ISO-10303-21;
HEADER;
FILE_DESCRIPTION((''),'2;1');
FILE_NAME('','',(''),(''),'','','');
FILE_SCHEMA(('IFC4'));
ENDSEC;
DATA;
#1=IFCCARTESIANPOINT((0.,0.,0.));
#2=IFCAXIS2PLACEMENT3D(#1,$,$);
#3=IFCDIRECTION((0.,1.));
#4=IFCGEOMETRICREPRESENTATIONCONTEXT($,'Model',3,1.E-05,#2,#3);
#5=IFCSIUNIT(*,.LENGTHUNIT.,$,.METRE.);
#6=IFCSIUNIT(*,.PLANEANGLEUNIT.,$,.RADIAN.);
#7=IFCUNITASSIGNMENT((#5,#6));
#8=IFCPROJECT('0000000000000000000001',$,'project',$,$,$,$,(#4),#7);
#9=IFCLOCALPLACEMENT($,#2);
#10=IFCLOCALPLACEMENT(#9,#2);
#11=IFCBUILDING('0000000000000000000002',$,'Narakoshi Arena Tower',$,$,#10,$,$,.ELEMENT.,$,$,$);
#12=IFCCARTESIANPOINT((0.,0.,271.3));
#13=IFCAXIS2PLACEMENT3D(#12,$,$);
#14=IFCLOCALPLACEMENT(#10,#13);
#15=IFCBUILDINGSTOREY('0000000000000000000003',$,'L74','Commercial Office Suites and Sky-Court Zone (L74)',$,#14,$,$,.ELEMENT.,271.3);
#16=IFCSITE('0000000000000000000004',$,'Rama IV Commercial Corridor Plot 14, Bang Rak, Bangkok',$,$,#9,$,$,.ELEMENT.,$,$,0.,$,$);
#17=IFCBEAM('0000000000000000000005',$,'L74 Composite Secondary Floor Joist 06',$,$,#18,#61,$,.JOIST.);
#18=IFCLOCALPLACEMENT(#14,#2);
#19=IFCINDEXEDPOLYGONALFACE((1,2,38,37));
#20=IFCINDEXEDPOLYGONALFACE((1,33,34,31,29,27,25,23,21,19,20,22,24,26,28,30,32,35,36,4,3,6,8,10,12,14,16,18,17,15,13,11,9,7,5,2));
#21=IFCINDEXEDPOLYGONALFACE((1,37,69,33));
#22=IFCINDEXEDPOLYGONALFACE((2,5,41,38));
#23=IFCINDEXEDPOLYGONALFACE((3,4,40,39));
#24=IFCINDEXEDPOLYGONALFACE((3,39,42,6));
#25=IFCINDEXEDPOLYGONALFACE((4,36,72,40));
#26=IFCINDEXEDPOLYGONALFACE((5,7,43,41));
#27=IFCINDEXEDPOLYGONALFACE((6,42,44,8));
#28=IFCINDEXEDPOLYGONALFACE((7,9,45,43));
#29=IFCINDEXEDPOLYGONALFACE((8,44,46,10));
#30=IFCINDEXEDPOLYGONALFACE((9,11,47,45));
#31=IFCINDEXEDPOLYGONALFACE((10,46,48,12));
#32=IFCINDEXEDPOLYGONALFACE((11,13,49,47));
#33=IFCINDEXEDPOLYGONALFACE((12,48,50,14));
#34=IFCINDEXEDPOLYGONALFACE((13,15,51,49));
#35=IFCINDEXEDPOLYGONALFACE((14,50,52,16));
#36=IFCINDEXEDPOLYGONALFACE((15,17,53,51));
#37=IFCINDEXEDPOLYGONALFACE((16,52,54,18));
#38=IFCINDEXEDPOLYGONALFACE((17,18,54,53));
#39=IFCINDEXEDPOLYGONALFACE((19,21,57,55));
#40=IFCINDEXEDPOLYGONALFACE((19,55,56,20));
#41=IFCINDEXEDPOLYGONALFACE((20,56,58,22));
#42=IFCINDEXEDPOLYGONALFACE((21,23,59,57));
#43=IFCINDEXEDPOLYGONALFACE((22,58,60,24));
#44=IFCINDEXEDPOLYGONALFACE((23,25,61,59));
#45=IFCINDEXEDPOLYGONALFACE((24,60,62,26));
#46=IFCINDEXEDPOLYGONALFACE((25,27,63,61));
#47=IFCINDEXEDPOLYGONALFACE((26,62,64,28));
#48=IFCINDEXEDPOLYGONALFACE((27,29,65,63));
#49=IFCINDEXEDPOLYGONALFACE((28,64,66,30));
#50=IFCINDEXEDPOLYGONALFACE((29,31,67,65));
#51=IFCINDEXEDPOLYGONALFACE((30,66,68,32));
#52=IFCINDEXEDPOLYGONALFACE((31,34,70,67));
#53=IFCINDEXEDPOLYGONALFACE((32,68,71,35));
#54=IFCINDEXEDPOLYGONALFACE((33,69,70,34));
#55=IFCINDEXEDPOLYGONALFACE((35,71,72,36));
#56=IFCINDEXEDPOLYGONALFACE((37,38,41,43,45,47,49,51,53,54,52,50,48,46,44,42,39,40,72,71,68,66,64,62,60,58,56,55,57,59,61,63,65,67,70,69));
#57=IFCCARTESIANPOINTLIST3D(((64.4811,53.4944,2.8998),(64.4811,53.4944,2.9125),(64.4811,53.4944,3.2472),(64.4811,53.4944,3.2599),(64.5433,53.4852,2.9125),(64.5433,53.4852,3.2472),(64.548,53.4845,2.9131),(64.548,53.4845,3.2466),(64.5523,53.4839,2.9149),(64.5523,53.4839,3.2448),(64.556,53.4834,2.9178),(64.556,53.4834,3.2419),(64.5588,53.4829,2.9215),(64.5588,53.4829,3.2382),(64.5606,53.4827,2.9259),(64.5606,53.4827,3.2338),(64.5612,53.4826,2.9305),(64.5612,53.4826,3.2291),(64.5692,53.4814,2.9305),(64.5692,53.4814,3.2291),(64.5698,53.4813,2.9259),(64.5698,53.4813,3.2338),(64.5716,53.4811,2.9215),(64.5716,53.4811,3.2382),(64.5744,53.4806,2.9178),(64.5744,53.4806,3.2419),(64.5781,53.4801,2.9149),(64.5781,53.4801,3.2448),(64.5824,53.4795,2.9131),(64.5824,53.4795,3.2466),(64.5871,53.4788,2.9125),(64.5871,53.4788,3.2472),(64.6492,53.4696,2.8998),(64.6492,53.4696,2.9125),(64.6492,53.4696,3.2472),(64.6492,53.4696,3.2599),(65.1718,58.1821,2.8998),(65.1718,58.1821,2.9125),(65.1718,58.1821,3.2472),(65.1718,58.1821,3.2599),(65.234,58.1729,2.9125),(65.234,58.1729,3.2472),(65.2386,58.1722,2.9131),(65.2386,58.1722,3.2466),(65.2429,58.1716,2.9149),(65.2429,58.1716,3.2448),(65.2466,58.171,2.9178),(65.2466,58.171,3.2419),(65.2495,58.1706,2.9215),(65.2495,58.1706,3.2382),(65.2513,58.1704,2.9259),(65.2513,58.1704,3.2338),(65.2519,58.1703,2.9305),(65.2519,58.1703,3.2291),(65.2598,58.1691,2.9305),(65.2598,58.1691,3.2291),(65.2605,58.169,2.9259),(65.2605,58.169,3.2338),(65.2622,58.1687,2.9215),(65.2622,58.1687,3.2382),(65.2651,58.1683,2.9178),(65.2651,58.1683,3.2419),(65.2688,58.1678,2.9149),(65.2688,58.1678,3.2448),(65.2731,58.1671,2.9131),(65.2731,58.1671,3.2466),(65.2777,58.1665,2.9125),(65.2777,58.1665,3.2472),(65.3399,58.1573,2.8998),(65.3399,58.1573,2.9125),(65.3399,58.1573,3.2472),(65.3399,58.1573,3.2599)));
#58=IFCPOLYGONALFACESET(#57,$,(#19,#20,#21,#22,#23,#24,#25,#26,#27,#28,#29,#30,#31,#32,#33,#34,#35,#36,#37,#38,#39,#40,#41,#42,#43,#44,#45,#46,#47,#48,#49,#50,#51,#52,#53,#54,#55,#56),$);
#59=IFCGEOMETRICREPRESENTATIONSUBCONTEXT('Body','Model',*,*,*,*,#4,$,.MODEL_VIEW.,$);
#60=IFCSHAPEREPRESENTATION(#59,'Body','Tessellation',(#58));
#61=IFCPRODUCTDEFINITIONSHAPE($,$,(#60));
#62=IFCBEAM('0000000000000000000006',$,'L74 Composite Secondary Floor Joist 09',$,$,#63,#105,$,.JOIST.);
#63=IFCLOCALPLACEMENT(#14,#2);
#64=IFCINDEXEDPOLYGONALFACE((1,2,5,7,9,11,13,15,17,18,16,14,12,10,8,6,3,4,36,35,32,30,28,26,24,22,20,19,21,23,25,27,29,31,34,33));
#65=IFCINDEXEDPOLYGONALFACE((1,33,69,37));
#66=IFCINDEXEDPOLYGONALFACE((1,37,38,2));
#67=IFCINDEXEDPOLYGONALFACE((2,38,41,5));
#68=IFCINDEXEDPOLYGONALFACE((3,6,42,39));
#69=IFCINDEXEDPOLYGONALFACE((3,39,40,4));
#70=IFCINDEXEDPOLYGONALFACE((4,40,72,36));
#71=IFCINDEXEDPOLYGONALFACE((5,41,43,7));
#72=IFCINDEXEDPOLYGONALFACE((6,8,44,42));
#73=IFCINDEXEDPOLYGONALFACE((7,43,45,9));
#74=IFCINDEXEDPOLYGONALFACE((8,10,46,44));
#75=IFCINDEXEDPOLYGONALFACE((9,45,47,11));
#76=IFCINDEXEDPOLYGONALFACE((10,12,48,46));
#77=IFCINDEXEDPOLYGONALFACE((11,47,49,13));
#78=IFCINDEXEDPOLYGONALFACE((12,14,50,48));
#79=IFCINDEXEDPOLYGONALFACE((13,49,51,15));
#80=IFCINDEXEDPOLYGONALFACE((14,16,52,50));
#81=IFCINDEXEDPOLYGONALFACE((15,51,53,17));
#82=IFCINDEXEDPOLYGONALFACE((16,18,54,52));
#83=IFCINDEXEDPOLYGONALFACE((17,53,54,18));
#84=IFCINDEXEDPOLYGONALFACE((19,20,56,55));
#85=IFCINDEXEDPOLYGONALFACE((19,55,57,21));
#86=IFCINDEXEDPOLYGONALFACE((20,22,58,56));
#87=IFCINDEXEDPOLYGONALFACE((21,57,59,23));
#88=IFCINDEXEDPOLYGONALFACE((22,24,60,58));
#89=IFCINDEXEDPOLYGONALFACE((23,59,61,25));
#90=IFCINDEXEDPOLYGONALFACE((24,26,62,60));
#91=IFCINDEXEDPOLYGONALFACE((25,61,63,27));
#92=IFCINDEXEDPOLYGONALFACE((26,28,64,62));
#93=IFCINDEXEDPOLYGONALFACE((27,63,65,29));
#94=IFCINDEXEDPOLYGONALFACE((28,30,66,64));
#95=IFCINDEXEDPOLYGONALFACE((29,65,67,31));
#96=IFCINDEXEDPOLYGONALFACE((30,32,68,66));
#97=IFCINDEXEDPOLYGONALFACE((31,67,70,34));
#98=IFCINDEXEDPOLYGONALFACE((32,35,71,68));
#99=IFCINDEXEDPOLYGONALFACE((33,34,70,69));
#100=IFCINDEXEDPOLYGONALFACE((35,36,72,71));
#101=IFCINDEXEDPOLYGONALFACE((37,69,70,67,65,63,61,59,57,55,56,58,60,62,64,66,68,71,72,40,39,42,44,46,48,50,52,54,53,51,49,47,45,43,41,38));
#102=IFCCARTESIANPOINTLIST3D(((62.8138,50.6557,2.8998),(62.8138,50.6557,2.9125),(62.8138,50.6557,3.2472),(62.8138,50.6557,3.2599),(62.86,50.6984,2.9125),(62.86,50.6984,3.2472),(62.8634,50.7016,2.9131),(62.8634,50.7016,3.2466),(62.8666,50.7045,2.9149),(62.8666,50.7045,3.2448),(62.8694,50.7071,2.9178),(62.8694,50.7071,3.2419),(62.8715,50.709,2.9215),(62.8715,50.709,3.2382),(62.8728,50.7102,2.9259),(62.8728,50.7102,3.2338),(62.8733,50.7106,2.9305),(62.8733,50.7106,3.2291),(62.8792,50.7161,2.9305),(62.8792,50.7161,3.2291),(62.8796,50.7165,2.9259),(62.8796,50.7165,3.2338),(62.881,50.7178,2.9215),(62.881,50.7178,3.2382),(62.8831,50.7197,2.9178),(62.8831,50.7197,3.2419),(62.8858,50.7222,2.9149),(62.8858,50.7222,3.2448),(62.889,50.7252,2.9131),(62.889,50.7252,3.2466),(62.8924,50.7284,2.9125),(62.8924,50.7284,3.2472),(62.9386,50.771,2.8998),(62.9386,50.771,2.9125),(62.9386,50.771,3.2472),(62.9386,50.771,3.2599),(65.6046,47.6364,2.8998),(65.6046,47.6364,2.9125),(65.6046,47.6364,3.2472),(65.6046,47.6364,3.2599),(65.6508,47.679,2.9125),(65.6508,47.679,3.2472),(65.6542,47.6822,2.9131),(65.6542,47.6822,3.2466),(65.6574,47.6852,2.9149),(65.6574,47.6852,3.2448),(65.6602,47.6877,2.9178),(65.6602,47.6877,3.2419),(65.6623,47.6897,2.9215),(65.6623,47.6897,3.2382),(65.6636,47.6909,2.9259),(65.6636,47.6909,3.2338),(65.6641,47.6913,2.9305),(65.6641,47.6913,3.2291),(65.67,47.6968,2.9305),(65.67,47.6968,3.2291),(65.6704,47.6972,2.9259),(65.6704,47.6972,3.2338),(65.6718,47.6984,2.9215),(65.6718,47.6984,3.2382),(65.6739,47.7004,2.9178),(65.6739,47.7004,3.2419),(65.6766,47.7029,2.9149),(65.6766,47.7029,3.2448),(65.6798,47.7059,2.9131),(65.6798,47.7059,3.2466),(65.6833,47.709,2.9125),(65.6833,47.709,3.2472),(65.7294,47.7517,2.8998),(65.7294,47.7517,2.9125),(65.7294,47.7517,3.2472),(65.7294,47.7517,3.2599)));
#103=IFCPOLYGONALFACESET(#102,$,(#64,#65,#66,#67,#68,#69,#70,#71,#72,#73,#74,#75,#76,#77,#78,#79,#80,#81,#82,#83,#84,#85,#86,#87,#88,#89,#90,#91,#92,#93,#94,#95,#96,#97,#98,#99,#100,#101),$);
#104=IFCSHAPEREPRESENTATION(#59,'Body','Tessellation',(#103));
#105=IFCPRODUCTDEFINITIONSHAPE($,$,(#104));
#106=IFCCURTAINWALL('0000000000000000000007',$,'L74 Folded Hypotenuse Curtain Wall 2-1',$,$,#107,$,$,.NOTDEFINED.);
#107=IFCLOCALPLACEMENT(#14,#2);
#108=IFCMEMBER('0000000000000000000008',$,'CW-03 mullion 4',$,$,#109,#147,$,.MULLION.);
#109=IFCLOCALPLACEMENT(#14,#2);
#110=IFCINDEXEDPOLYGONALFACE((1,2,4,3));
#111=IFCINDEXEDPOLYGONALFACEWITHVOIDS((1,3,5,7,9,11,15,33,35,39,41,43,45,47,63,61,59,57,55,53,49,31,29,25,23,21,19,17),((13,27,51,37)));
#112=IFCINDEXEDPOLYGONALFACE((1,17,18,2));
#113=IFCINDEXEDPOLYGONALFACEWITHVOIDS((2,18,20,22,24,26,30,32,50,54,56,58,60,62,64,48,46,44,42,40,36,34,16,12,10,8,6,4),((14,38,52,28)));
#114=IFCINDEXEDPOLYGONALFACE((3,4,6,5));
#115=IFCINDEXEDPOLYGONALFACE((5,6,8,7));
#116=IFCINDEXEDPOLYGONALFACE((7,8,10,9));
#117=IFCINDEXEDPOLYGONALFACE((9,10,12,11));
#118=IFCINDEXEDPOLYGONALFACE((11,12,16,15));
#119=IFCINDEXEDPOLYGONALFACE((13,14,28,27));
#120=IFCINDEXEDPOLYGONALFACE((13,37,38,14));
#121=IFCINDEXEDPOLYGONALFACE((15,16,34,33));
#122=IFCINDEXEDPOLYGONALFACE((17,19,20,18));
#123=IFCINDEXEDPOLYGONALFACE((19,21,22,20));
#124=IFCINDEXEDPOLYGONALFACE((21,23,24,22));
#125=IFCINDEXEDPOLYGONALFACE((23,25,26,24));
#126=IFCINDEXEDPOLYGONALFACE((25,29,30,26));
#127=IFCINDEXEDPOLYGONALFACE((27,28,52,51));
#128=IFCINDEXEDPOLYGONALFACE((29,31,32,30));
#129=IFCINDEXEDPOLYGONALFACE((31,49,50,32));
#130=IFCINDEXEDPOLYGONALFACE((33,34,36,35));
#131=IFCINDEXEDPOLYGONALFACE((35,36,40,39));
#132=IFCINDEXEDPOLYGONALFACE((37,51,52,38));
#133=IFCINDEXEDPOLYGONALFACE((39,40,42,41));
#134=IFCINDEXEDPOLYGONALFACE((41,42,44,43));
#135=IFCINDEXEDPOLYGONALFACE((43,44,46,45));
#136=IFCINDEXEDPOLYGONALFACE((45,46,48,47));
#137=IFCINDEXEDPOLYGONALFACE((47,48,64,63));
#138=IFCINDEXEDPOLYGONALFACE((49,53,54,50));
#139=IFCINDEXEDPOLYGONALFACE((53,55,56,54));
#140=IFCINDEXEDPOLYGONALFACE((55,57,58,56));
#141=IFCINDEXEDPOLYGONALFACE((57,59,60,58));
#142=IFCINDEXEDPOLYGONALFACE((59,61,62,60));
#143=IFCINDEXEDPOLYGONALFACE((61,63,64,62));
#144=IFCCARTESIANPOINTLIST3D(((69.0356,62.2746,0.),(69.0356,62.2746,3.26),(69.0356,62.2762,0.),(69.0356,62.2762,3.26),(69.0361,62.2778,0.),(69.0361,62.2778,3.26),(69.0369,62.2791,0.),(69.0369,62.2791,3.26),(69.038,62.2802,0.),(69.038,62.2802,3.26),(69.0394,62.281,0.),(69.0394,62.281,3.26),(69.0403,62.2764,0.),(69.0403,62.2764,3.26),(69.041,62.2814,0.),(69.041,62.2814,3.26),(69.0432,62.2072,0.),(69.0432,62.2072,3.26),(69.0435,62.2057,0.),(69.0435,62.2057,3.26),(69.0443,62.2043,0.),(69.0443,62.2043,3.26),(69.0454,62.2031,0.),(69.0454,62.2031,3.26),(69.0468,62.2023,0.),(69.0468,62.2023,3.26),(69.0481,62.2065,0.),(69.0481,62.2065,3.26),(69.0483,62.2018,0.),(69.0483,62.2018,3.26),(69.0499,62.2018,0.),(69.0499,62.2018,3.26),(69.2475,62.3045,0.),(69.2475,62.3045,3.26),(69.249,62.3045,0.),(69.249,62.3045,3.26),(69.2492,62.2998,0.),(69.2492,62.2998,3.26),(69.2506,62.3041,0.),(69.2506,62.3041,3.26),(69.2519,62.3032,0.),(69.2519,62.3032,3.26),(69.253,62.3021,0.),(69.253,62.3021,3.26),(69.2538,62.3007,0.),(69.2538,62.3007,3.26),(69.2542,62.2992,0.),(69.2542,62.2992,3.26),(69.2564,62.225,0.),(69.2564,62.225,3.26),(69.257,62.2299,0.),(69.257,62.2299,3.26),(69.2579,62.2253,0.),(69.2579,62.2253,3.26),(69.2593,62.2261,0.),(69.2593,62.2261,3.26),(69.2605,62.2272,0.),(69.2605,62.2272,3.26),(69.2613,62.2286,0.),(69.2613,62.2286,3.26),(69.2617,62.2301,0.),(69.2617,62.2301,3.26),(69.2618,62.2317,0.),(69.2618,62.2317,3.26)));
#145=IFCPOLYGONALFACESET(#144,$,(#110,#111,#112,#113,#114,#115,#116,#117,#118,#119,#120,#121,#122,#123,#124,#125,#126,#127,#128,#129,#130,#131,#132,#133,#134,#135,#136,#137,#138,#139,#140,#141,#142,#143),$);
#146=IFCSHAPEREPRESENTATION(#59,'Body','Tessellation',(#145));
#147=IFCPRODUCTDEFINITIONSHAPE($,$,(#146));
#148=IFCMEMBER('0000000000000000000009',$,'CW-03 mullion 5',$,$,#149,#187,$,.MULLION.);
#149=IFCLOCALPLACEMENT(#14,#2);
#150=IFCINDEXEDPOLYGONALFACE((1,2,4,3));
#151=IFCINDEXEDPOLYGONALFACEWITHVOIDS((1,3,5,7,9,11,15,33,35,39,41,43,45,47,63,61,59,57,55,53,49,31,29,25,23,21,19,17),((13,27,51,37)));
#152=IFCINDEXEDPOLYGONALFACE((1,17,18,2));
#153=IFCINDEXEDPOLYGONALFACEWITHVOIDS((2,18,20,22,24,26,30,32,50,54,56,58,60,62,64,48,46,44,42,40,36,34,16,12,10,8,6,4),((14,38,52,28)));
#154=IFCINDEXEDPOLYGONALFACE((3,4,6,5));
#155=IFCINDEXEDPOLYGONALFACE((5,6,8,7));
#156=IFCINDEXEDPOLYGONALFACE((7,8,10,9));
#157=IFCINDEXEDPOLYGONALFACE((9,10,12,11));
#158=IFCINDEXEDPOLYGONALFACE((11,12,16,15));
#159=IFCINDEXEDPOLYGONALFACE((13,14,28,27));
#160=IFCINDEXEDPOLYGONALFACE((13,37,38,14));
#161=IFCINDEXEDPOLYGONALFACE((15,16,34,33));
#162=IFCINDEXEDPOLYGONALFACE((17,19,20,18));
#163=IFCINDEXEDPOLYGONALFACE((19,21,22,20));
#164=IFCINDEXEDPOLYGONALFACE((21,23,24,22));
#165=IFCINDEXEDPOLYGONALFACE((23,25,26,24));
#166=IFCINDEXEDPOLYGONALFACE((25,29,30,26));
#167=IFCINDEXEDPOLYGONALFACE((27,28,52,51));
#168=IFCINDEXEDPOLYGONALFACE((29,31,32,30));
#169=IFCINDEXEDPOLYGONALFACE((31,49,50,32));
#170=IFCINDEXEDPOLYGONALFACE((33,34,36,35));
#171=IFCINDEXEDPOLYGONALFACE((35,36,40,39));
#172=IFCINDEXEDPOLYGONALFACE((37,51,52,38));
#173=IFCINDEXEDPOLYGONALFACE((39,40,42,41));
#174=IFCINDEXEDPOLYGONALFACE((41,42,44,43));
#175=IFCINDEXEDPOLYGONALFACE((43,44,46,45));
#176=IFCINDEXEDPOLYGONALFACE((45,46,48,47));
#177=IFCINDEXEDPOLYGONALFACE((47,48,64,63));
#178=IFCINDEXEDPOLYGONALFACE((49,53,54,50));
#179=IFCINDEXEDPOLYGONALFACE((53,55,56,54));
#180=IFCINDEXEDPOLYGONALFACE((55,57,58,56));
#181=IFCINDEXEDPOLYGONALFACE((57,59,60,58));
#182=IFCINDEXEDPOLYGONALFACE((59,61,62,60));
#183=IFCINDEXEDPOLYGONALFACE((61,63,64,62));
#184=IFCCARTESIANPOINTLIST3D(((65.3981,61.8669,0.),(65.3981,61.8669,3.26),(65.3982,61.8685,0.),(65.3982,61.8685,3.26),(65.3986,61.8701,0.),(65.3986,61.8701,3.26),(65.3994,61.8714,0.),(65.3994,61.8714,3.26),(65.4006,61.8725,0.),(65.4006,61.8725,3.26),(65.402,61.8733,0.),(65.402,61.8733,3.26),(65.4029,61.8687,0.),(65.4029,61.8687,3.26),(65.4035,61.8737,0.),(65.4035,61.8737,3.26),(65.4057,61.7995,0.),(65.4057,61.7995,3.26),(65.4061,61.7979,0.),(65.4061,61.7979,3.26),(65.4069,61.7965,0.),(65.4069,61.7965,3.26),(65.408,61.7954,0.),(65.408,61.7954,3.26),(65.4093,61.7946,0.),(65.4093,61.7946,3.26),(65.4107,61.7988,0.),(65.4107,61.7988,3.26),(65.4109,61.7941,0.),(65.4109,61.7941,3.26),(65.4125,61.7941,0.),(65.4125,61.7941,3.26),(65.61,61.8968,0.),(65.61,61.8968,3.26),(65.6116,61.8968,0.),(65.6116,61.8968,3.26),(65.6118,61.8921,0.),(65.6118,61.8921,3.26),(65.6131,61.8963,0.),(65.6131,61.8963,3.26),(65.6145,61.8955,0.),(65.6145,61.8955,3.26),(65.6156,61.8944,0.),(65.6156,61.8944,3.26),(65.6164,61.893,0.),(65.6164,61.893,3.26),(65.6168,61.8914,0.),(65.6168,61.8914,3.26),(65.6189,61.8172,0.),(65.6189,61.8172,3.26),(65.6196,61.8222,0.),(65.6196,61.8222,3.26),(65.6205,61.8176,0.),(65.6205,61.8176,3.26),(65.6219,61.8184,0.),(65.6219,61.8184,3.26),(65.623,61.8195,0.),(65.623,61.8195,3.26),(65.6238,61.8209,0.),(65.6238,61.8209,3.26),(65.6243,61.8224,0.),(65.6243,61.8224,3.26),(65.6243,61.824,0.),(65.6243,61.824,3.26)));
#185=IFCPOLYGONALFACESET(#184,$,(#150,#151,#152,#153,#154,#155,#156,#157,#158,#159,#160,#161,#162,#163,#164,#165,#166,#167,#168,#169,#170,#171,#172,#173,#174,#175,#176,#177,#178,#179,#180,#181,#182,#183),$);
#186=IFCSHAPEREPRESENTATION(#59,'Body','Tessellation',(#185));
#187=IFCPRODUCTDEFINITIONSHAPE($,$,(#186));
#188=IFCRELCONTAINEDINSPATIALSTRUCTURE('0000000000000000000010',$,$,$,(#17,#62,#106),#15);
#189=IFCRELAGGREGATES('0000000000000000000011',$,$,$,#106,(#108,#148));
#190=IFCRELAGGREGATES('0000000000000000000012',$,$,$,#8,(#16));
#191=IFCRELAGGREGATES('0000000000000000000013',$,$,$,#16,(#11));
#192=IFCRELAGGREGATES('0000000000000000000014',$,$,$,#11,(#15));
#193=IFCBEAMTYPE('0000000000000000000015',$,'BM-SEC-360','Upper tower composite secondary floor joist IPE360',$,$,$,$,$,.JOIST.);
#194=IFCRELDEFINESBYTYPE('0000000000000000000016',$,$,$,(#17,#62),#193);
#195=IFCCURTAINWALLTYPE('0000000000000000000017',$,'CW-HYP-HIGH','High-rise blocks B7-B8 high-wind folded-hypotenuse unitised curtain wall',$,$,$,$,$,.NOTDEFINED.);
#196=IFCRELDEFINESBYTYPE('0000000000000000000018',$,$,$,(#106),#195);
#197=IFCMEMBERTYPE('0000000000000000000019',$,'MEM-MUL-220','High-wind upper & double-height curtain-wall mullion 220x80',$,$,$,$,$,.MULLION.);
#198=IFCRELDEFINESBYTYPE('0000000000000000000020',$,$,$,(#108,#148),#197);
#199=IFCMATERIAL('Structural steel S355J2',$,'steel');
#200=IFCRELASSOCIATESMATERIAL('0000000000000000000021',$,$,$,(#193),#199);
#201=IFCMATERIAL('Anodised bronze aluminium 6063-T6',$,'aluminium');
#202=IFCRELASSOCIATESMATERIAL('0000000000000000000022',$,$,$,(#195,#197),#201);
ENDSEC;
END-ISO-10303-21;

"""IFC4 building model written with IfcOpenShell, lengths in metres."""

from ifc_helpers import new_model, si_unit, direction, frame, origin, origin_2d, place, context, subcontext, project, spatial, hollow_rectangle, i_section, extrude, material, material_profile, profile_set, type_object, element, aggregate, save


model = new_model("IFC4")

# Units and contexts
model_context = context("Model", 3, precision=1e-05, world=origin(), true_north=direction((0.0, 1.0)))
body_context = subcontext(model_context, "Body", "Model", "MODEL_VIEW")
ifc_project = project(units=[si_unit("LENGTHUNIT", "METRE"), si_unit("PLANEANGLEUNIT", "RADIAN")], contexts=[model_context])

# Site, building, storey
site_placement = place(None, origin())
site = spatial("IfcSite", under=ifc_project, at=site_placement, Name="Rama IV Commercial Corridor Plot 14, Bang Rak, Bangkok", CompositionType="ELEMENT", RefElevation=0.0)
building_placement = place(site_placement, origin())
building = spatial("IfcBuilding", under=site, at=building_placement, Name="Narakoshi Arena Tower", CompositionType="ELEMENT")
storey_placement = place(building_placement, frame((0.0, 0.0, 271.3)))
storey = spatial("IfcBuildingStorey", under=building, at=storey_placement, Name="L74", Description="Commercial Office Suites and Sky-Court Zone (L74)", CompositionType="ELEMENT", Elevation=271.3)

# Beams
ifc_material_1 = material(Name="Structural steel S355J2", Category="steel")
ifc_material_profile_1 = material_profile(ifc_material_1, i_section(OverallWidth=0.1699, OverallDepth=0.3601, WebThickness=0.0081, FlangeThickness=0.0127, FilletRadius=0.0181, at=origin_2d()), Name="IPE360")
ifc_profile_set_1 = profile_set([ifc_material_profile_1], Name="Structural steel S355J2")
beam_type_1 = type_object("IfcBeamType", Name="BM-SEC-360", Description="Upper tower composite secondary floor joist IPE360", PredefinedType="JOIST", material=ifc_profile_set_1)
beam_1_placement = place(storey_placement, frame((65.2559, 58.1697, 3.0798), z_axis=(-0.145762, -0.98932, 0.0), x_axis=(0.98932, -0.145762, 0.0)))
element("IfcBeam", 1, at=beam_1_placement, inside=storey, type_object=beam_type_1, Name="L74 Composite Secondary Floor Joist 06", PredefinedType="JOIST", context=body_context, shape_type="SweptSolid", body=[
    extrude(i_section(OverallWidth=0.1699, OverallDepth=0.3601, WebThickness=0.0081, FlangeThickness=0.0127, FilletRadius=0.0181, at=origin_2d()), origin(), (0.0, 0.0, 1.0), 4.7383),
])
beam_2_placement = place(storey_placement, frame((62.8762, 50.7134, 3.0798), z_axis=(0.678771, -0.73435, 0.0), x_axis=(0.73435, 0.678771, 0.0)))
element("IfcBeam", 2, at=beam_2_placement, inside=storey, type_object=beam_type_1, Name="L74 Composite Secondary Floor Joist 09", PredefinedType="JOIST", context=body_context, shape_type="SweptSolid", body=[
    extrude(i_section(OverallWidth=0.1699, OverallDepth=0.3601, WebThickness=0.0081, FlangeThickness=0.0127, FilletRadius=0.0181, at=origin_2d()), origin(), (0.0, 0.0, 1.0), 4.1116),
])

# Curtain wall, members
ifc_material_2 = material(Name="Anodised bronze aluminium 6063-T6", Category="aluminium")
curtain_wall_type = type_object("IfcCurtainWallType", Name="CW-HYP-HIGH", Description="High-rise blocks B7-B8 high-wind folded-hypotenuse unitised curtain wall", PredefinedType="NOTDEFINED", material=ifc_material_2)
curtain_wall_placement = place(storey_placement, origin())
curtain_wall = element("IfcCurtainWall", 3, at=curtain_wall_placement, inside=storey, type_object=curtain_wall_type, Name="L74 Folded Hypotenuse Curtain Wall 2-1", PredefinedType="NOTDEFINED")
ifc_material_profile_2 = material_profile(ifc_material_2, hollow_rectangle(XDim=0.0801, YDim=0.22, WallThickness=0.0049, OuterFilletRadius=0.0061, at=origin_2d()), Name="MUL220x80x5")
ifc_profile_set_2 = profile_set([ifc_material_profile_2], Name="Anodised bronze aluminium 6063-T6")
member_type_1 = type_object("IfcMemberType", Name="MEM-MUL-220", Description="High-wind upper & double-height curtain-wall mullion 220x80", PredefinedType="MULLION", material=ifc_profile_set_2)
member_1_placement = place(storey_placement, frame((69.1487, 62.2532, 0.0), z_axis=(0.0, 0.0, 1.0), x_axis=(0.111396, -0.993776, 0.0)))
member_1 = element("IfcMember", 4, at=member_1_placement, type_object=member_type_1, Name="CW-03 mullion 4", PredefinedType="MULLION", context=body_context, shape_type="SweptSolid", body=[
    extrude(hollow_rectangle(XDim=0.0801, YDim=0.22, WallThickness=0.0049, OuterFilletRadius=0.0061, at=origin_2d()), origin(), (0.0, 0.0, 1.0), 3.26),
])
member_2_placement = place(storey_placement, frame((65.5112, 61.8455, 0.0), z_axis=(0.0, 0.0, 1.0), x_axis=(0.111396, -0.993776, 0.0)))
member_2 = element("IfcMember", 5, at=member_2_placement, type_object=member_type_1, Name="CW-03 mullion 5", PredefinedType="MULLION", context=body_context, shape_type="SweptSolid", body=[
    extrude(hollow_rectangle(XDim=0.0801, YDim=0.22, WallThickness=0.0049, OuterFilletRadius=0.0061, at=origin_2d()), origin(), (0.0, 0.0, 1.0), 3.26),
])
aggregate(curtain_wall, [member_1, member_2])

save(model, "model.ifc")
